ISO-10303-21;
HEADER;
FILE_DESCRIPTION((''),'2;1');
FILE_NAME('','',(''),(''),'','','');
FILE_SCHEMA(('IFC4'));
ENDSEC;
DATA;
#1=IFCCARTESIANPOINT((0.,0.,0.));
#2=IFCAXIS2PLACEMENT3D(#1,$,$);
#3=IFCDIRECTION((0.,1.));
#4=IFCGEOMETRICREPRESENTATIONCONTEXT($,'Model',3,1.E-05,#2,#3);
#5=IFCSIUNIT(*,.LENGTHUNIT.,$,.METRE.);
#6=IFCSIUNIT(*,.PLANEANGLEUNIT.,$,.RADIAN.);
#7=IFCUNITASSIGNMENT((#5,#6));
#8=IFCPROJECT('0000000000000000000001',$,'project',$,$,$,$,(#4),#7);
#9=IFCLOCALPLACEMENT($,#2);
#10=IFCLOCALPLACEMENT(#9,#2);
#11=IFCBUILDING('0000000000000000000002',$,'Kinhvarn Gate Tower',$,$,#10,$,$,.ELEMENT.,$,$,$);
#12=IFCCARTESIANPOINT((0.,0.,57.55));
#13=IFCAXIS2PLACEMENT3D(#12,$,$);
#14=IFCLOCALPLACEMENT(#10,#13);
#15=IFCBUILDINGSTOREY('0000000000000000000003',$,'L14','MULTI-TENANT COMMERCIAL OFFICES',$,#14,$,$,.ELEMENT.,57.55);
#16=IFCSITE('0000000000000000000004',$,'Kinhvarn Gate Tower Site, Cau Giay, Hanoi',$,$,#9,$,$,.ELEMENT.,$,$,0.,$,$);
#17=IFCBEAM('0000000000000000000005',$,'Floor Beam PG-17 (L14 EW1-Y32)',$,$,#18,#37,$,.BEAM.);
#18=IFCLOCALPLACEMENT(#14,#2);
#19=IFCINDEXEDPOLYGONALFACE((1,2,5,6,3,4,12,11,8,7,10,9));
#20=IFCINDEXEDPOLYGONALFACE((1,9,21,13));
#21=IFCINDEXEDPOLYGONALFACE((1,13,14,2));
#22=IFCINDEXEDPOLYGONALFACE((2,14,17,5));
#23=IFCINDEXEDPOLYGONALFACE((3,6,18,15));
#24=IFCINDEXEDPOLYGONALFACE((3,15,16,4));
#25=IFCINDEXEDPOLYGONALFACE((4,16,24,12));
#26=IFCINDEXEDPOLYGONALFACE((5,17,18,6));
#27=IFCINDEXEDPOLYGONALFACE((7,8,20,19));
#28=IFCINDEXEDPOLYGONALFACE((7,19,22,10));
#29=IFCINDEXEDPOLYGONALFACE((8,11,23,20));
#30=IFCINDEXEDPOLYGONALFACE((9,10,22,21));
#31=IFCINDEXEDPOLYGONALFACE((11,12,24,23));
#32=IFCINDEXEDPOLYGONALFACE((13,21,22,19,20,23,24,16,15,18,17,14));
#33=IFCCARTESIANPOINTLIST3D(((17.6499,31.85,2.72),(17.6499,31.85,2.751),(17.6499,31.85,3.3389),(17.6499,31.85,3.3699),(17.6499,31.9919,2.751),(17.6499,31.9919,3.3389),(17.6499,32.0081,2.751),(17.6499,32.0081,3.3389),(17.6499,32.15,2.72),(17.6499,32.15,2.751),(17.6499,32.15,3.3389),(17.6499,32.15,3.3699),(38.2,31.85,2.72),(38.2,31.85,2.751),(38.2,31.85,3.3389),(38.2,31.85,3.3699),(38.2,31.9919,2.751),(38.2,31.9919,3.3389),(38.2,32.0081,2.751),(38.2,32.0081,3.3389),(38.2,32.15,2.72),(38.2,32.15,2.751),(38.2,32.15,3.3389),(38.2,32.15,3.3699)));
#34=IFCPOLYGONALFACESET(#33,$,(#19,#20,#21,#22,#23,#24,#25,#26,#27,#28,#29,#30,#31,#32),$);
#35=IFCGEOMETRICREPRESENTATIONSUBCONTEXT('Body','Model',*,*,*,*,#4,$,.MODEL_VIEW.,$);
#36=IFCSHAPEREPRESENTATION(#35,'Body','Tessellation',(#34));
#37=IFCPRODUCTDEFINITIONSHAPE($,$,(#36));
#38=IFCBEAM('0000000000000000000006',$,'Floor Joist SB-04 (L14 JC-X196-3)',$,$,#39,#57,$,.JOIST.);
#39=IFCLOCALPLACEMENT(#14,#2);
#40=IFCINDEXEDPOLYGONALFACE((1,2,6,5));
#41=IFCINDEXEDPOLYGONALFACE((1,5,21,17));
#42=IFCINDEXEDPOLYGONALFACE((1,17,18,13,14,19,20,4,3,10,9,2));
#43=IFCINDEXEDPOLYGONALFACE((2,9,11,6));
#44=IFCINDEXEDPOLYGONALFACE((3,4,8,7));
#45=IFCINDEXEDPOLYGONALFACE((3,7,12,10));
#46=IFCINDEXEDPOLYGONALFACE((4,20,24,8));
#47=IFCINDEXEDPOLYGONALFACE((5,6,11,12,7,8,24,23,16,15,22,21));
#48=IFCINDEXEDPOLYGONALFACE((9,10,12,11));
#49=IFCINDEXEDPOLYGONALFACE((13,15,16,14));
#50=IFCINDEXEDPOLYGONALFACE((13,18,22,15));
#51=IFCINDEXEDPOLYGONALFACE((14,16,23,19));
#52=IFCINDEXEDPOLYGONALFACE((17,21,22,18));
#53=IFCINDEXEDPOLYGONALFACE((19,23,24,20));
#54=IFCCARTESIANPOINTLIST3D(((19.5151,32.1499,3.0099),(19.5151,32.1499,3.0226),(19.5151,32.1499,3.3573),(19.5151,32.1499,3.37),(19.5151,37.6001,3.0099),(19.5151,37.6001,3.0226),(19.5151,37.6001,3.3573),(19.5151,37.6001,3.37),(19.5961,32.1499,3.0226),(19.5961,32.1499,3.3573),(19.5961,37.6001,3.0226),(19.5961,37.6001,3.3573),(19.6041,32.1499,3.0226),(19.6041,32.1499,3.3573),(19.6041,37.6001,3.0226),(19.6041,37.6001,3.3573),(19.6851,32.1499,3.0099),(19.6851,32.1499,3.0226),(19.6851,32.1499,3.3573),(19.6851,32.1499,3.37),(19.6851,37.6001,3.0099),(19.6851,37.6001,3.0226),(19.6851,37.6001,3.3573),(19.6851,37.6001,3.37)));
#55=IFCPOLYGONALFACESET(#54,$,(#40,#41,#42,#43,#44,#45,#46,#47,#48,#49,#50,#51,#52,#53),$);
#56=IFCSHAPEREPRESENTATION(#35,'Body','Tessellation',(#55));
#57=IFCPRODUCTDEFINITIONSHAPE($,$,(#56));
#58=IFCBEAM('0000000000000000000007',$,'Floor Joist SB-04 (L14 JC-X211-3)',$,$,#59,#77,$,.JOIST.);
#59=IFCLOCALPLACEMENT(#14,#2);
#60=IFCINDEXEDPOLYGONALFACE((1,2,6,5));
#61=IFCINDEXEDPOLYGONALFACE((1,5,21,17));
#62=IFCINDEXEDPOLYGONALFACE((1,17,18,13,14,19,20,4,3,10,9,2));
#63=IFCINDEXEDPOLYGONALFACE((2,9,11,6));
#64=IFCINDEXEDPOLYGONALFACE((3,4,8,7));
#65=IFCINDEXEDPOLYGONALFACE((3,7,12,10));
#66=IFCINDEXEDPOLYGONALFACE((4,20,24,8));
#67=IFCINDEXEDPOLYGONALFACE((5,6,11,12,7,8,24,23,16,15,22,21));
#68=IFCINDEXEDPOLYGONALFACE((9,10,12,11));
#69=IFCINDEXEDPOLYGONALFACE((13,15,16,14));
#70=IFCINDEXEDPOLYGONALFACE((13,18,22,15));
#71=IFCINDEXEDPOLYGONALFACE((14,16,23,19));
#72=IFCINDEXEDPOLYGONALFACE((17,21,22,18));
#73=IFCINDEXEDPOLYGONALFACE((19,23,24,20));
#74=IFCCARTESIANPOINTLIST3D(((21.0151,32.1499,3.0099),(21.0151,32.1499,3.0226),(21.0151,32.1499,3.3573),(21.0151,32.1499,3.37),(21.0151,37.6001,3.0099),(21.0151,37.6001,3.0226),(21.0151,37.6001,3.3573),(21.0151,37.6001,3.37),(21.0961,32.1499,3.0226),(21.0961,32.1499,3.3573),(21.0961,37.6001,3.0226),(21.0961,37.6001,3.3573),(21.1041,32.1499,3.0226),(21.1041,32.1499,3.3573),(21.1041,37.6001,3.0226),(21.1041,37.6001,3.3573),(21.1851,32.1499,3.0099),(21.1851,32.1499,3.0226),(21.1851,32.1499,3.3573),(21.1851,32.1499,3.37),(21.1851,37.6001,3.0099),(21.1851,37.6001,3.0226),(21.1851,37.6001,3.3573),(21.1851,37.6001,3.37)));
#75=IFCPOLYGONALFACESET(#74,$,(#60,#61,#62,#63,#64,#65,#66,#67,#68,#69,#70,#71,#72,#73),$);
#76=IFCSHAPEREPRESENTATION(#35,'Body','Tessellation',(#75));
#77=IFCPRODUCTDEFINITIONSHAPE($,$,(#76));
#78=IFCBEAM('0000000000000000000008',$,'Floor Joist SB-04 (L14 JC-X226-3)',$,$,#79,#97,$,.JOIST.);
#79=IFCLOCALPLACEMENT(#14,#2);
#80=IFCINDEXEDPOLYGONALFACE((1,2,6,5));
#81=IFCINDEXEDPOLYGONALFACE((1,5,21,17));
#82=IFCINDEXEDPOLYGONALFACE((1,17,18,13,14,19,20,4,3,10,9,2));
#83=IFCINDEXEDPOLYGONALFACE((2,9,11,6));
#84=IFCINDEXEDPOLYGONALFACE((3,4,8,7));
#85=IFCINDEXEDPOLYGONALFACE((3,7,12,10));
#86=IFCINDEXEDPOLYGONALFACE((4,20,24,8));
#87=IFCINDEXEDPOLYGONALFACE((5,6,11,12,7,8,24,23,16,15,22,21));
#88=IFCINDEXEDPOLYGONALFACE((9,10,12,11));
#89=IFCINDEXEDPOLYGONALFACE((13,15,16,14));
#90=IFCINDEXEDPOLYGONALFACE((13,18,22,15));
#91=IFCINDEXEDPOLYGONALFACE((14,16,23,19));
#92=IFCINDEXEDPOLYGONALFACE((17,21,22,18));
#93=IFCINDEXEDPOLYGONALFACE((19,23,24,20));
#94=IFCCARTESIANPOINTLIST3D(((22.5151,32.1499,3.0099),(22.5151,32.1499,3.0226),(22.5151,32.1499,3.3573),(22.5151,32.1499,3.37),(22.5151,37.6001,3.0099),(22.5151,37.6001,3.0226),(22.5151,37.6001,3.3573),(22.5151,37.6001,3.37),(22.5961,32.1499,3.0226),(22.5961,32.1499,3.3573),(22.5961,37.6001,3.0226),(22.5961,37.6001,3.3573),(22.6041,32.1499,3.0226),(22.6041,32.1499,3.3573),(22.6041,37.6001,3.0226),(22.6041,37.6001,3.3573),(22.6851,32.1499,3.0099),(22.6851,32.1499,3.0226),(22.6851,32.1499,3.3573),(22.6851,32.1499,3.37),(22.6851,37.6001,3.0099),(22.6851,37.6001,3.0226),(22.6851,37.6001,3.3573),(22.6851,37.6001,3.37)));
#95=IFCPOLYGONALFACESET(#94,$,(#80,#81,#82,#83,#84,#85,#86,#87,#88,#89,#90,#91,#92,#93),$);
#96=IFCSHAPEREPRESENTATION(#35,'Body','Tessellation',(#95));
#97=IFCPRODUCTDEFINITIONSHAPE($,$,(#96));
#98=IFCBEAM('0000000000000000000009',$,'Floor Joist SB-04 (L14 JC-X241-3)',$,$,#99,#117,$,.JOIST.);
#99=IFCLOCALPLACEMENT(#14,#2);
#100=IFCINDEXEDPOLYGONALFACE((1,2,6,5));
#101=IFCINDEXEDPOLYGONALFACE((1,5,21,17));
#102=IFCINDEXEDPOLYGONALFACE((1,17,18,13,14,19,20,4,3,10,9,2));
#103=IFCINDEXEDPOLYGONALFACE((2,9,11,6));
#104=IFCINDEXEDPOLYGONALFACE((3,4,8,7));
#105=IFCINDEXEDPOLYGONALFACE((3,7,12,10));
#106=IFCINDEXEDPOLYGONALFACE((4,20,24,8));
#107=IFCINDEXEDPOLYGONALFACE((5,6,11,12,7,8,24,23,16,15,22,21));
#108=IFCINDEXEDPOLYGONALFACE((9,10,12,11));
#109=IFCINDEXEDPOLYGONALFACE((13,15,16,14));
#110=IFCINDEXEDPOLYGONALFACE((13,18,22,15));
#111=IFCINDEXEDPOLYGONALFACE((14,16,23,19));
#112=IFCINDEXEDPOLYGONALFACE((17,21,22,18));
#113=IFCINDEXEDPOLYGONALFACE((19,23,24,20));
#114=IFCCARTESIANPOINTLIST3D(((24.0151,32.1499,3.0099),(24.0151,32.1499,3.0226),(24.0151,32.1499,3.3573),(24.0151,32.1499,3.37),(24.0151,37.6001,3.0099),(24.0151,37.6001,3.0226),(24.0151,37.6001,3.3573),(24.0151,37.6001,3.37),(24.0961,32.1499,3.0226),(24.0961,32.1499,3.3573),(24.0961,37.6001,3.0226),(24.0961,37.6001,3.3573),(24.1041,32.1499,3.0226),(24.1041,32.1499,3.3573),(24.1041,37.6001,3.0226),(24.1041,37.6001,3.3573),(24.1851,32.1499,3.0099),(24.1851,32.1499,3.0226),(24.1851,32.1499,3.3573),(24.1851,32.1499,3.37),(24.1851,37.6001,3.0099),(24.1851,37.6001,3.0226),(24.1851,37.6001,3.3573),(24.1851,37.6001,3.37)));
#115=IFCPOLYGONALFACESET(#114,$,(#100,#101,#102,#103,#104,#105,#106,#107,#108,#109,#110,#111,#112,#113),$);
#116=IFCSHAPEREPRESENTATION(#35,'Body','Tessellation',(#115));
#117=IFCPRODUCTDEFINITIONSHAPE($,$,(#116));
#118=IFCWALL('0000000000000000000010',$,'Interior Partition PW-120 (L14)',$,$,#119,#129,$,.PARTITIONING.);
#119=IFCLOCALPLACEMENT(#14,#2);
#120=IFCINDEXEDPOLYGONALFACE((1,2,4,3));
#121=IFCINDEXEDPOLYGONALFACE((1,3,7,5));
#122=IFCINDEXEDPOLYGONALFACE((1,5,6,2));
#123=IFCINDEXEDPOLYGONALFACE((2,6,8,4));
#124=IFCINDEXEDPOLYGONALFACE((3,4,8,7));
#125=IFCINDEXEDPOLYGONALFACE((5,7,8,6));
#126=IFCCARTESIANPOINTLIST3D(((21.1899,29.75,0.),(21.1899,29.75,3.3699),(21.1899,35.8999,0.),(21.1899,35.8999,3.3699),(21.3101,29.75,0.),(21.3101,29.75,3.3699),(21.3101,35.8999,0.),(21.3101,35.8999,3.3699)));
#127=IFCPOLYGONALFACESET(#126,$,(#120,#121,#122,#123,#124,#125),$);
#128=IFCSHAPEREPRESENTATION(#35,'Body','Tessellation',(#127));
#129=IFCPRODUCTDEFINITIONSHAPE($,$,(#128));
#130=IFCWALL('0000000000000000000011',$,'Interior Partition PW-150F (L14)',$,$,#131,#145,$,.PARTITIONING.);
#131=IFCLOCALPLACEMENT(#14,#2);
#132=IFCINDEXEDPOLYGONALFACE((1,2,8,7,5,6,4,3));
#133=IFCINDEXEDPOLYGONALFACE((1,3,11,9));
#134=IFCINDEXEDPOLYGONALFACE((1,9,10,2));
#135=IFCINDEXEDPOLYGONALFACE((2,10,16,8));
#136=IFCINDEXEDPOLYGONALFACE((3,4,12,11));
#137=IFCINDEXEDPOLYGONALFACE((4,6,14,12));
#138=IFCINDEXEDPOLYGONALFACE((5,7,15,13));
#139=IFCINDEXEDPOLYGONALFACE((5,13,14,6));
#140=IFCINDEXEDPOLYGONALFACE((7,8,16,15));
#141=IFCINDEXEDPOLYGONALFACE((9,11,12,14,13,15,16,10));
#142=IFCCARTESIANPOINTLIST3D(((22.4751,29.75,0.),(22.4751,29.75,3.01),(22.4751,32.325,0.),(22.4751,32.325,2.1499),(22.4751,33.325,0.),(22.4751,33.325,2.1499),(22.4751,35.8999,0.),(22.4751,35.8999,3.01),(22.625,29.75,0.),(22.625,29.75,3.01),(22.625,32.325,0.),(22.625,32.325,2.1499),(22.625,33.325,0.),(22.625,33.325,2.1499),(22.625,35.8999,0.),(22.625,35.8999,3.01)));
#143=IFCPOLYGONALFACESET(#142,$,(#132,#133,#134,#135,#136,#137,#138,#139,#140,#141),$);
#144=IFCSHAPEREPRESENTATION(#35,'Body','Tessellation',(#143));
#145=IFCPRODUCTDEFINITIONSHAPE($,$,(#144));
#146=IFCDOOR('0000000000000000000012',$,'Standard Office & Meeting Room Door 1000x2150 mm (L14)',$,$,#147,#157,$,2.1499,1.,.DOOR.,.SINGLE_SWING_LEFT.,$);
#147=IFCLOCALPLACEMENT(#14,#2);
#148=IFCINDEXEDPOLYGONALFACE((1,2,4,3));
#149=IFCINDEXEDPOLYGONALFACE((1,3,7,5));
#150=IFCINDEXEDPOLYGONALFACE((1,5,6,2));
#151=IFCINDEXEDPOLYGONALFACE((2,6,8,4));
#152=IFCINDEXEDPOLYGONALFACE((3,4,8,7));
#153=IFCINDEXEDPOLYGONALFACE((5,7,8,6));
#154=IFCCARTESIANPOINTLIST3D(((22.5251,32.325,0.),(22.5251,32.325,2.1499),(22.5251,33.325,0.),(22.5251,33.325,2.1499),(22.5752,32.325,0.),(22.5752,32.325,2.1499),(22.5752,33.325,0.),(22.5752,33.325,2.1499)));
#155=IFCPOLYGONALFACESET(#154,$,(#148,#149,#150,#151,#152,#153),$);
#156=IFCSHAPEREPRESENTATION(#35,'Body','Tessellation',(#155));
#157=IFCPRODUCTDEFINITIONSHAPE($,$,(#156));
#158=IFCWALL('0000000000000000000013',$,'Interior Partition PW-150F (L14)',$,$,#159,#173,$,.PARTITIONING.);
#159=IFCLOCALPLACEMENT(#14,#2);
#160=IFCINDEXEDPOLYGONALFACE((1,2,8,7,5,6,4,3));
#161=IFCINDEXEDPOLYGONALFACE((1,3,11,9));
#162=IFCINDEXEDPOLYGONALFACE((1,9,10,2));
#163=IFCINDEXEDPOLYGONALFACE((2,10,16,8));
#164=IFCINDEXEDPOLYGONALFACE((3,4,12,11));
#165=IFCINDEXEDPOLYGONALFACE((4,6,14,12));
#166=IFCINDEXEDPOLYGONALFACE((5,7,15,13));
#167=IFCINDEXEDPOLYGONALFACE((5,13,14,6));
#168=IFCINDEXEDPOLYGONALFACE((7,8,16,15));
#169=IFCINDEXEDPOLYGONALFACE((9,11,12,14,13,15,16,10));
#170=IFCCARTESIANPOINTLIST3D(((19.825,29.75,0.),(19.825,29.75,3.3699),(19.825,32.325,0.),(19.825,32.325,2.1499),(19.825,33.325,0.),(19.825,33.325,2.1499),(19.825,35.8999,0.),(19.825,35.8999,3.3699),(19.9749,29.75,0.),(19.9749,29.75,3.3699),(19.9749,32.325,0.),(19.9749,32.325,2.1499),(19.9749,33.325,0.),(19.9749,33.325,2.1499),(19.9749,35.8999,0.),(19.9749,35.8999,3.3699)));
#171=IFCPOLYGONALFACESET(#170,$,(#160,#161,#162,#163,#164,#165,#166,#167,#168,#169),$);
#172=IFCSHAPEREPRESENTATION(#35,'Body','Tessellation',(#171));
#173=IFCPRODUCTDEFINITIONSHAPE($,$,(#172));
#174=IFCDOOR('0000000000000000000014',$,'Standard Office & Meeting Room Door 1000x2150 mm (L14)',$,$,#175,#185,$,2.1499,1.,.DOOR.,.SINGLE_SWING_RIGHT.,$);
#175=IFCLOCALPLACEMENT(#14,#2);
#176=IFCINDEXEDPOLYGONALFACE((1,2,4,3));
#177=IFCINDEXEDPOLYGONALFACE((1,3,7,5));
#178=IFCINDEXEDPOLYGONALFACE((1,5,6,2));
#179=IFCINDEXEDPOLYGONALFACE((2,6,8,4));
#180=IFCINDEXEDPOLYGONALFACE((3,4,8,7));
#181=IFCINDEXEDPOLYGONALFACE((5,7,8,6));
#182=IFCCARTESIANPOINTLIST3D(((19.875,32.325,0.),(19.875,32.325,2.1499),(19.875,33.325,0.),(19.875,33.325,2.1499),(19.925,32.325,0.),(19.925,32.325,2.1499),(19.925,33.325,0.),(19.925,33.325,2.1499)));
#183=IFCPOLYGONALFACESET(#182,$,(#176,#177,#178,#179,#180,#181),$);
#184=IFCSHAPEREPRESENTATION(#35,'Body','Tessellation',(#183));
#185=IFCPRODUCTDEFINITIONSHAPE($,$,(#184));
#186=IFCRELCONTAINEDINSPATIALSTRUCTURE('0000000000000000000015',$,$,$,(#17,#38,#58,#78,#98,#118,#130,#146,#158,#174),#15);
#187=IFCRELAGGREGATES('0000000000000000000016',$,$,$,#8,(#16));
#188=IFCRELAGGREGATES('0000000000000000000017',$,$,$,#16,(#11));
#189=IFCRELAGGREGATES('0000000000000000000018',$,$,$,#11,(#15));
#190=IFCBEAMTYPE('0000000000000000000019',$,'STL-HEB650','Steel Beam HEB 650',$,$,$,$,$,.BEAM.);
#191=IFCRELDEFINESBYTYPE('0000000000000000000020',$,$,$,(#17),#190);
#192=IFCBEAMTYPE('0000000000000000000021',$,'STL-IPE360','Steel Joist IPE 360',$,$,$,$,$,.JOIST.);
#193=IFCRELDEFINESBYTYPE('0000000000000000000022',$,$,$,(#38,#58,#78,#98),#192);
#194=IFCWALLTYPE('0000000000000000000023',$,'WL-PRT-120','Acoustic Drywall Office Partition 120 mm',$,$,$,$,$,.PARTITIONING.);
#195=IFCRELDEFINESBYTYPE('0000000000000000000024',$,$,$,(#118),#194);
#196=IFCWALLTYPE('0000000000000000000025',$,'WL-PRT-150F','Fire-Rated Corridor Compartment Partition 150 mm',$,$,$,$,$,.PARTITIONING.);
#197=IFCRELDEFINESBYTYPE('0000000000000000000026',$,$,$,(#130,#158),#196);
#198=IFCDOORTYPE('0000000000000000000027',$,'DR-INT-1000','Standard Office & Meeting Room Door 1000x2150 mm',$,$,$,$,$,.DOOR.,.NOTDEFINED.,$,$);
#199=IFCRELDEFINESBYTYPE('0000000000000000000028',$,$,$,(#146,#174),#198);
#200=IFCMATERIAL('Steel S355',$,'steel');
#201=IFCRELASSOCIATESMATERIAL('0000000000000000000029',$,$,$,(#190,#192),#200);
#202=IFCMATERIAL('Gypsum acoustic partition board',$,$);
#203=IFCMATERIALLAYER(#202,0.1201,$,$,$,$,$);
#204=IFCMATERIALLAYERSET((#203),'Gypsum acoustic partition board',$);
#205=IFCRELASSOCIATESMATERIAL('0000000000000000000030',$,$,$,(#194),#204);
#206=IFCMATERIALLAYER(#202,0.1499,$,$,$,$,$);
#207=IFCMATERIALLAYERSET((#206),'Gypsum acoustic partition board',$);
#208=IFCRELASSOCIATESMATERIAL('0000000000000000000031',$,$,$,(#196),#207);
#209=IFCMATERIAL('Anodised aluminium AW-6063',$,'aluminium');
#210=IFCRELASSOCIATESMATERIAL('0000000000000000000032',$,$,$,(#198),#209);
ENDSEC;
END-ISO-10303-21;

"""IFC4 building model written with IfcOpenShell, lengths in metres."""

from ifc_helpers import new_model, si_unit, direction, frame, frame_2d, origin, origin_2d, place, context, subcontext, project, spatial, rectangle, i_section, extrude, material, layer, layer_set, material_profile, profile_set, type_object, element, fill, save


model = new_model("IFC4")

# Units and contexts
model_context = context("Model", 3, precision=1e-05, world=origin(), true_north=direction((0.0, 1.0)))
body_context = subcontext(model_context, "Body", "Model", "MODEL_VIEW")
ifc_project = project(units=[si_unit("LENGTHUNIT", "METRE"), si_unit("PLANEANGLEUNIT", "RADIAN")], contexts=[model_context])

# Site, building, storey
site_placement = place(None, origin())
site = spatial("IfcSite", under=ifc_project, at=site_placement, Name="Kinhvarn Gate Tower Site, Cau Giay, Hanoi", CompositionType="ELEMENT", RefElevation=0.0)
building_placement = place(site_placement, origin())
building = spatial("IfcBuilding", under=site, at=building_placement, Name="Kinhvarn Gate Tower", CompositionType="ELEMENT")
storey_placement = place(building_placement, frame((0.0, 0.0, 57.55)))
storey = spatial("IfcBuildingStorey", under=building, at=storey_placement, Name="L14", Description="MULTI-TENANT COMMERCIAL OFFICES", CompositionType="ELEMENT", Elevation=57.55)

# Beams
ifc_material_1 = material(Name="Steel S355", Category="steel")
ifc_material_profile_1 = material_profile(ifc_material_1, i_section(OverallWidth=0.3, OverallDepth=0.6499, WebThickness=0.0161, FlangeThickness=0.031, at=origin_2d()), Name="HEB 650")
ifc_profile_set_1 = profile_set([ifc_material_profile_1], Name="Steel S355")
beam_type_1 = type_object("IfcBeamType", Name="STL-HEB650", Description="Steel Beam HEB 650", PredefinedType="BEAM", material=ifc_profile_set_1)
beam_placement = place(storey_placement, frame((17.6499, 32.0, 3.0449), z_axis=(1.0, 0.0, 0.0), x_axis=(0.0, 1.0, 0.0)))
element("IfcBeam", 1, at=beam_placement, inside=storey, type_object=beam_type_1, Name="Floor Beam PG-17 (L14 EW1-Y32)", PredefinedType="BEAM", context=body_context, shape_type="SweptSolid", body=[
    extrude(i_section(OverallWidth=0.3, OverallDepth=0.6499, WebThickness=0.0161, FlangeThickness=0.031, at=origin_2d()), origin(), (0.0, 0.0, 1.0), 20.55),
])
ifc_material_profile_2 = material_profile(ifc_material_1, i_section(OverallWidth=0.1699, OverallDepth=0.3601, WebThickness=0.0081, FlangeThickness=0.0127, at=origin_2d()), Name="IPE 360")
ifc_profile_set_2 = profile_set([ifc_material_profile_2], Name="Steel S355")
beam_type_2 = type_object("IfcBeamType", Name="STL-IPE360", Description="Steel Joist IPE 360", PredefinedType="JOIST", material=ifc_profile_set_2)
for number, where, z_axis, x_axis, name in (
    (2, (19.6001, 32.1499, 3.1899), (0.0, 1.0, 0.0), (-1.0, 0.0, 0.0), "Floor Joist SB-04 (L14 JC-X196-3)"),
    (3, (21.1001, 32.1499, 3.1899), (0.0, 1.0, 0.0), (-1.0, 0.0, 0.0), "Floor Joist SB-04 (L14 JC-X211-3)"),
    (4, (22.6001, 32.1499, 3.1899), (0.0, 1.0, 0.0), (-1.0, 0.0, 0.0), "Floor Joist SB-04 (L14 JC-X226-3)"),
    (5, (24.1001, 32.1499, 3.1899), (0.0, 1.0, 0.0), (-1.0, 0.0, 0.0), "Floor Joist SB-04 (L14 JC-X241-3)"),
):
    element("IfcBeam", number, at=place(storey_placement, frame(where, z_axis=z_axis, x_axis=x_axis)), inside=storey, type_object=beam_type_2, Name=name, PredefinedType="JOIST", context=body_context, shape_type="SweptSolid", body=[
        extrude(i_section(OverallWidth=0.1699, OverallDepth=0.3601, WebThickness=0.0081, FlangeThickness=0.0127, at=origin_2d()), origin(), (0.0, 0.0, 1.0), 5.4502),
    ])

# Wall
ifc_material_2 = material(Name="Gypsum acoustic partition board")
ifc_layer_1 = layer(ifc_material_2, 0.1201)
ifc_layer_set_1 = layer_set([ifc_layer_1], Name="Gypsum acoustic partition board")
wall_type_1 = type_object("IfcWallType", Name="WL-PRT-120", Description="Acoustic Drywall Office Partition 120 mm", PredefinedType="PARTITIONING", material=ifc_layer_set_1)
wall_1_placement = place(storey_placement, frame((21.25, 29.75, 0.0), z_axis=(0.0, 0.0, 1.0), x_axis=(0.0, 1.0, 0.0)))
element("IfcWall", 6, at=wall_1_placement, inside=storey, type_object=wall_type_1, Name="Interior Partition PW-120 (L14)", PredefinedType="PARTITIONING", context=body_context, shape_type="SweptSolid", body=[
    extrude(rectangle(XDim=6.1499, YDim=0.1201, at=frame_2d((3.075, 0.0))), origin(), (0.0, 0.0, 1.0), 3.3699),
])

# Walls, openings, doors
ifc_layer_2 = layer(ifc_material_2, 0.1499)
ifc_layer_set_2 = layer_set([ifc_layer_2], Name="Gypsum acoustic partition board")
wall_type_2 = type_object("IfcWallType", Name="WL-PRT-150F", Description="Fire-Rated Corridor Compartment Partition 150 mm", PredefinedType="PARTITIONING", material=ifc_layer_set_2)
wall_2_placement = place(storey_placement, frame((22.55, 29.75, 0.0), z_axis=(0.0, 0.0, 1.0), x_axis=(0.0, 1.0, 0.0)))
wall_2 = element("IfcWall", 7, at=wall_2_placement, inside=storey, type_object=wall_type_2, Name="Interior Partition PW-150F (L14)", PredefinedType="PARTITIONING", context=body_context, shape_type="SweptSolid", body=[
    extrude(rectangle(XDim=6.1499, YDim=0.1499, at=frame_2d((3.075, 0.0))), origin(), (0.0, 0.0, 1.0), 3.01),
])
opening_1_placement = place(wall_2_placement, frame((2.575, 0.0, 0.0)))
opening_1 = element("IfcOpeningElement", 8, at=opening_1_placement, cuts=wall_2, PredefinedType="OPENING", context=body_context, shape_type="SweptSolid", body=[
    extrude(rectangle(XDim=1.0, YDim=2.1499, at=frame_2d((0.5, 1.075))), frame((0.0, 0.085, 0.0), z_axis=(0.0, -1.0, 0.0), x_axis=(1.0, 0.0, 0.0)), (0.0, 0.0, 1.0), 0.1699),
])
ifc_material_3 = material(Name="Anodised aluminium AW-6063", Category="aluminium")
door_type_1 = type_object("IfcDoorType", Name="DR-INT-1000", Description="Standard Office & Meeting Room Door 1000x2150 mm", OperationType="NOTDEFINED", PredefinedType="DOOR", material=ifc_material_3)
door_1_placement = place(opening_1_placement, origin())
door_1 = element("IfcDoor", 9, at=door_1_placement, inside=storey, type_object=door_type_1, Name="Standard Office & Meeting Room Door 1000x2150 mm (L14)", OperationType="SINGLE_SWING_LEFT", OverallHeight=2.1499, OverallWidth=1.0, PredefinedType="DOOR", context=body_context, shape_type="SweptSolid", body=[
    extrude(rectangle(XDim=1.0, YDim=2.1499, at=frame_2d((0.5, 1.075))), frame((0.0, 0.0249, 0.0), z_axis=(0.0, -1.0, 0.0), x_axis=(1.0, 0.0, 0.0)), (0.0, 0.0, 1.0), 0.05),
])
fill(opening_1, door_1)
wall_3_placement = place(storey_placement, frame((19.8999, 29.75, 0.0), z_axis=(0.0, 0.0, 1.0), x_axis=(0.0, 1.0, 0.0)))
wall_3 = element("IfcWall", 10, at=wall_3_placement, inside=storey, type_object=wall_type_2, Name="Interior Partition PW-150F (L14)", PredefinedType="PARTITIONING", context=body_context, shape_type="SweptSolid", body=[
    extrude(rectangle(XDim=6.1499, YDim=0.1499, at=frame_2d((3.075, 0.0))), origin(), (0.0, 0.0, 1.0), 3.3699),
])
opening_2_placement = place(wall_3_placement, frame((2.575, 0.0, 0.0)))
opening_2 = element("IfcOpeningElement", 11, at=opening_2_placement, cuts=wall_3, PredefinedType="OPENING", context=body_context, shape_type="SweptSolid", body=[
    extrude(rectangle(XDim=1.0, YDim=2.1499, at=frame_2d((0.5, 1.075))), frame((0.0, 0.085, 0.0), z_axis=(0.0, -1.0, 0.0), x_axis=(1.0, 0.0, 0.0)), (0.0, 0.0, 1.0), 0.1699),
])
door_2_placement = place(opening_2_placement, origin())
door_2 = element("IfcDoor", 12, at=door_2_placement, inside=storey, type_object=door_type_1, Name="Standard Office & Meeting Room Door 1000x2150 mm (L14)", OperationType="SINGLE_SWING_RIGHT", OverallHeight=2.1499, OverallWidth=1.0, PredefinedType="DOOR", context=body_context, shape_type="SweptSolid", body=[
    extrude(rectangle(XDim=1.0, YDim=2.1499, at=frame_2d((0.5, 1.075))), frame((0.0, 0.0249, 0.0), z_axis=(0.0, -1.0, 0.0), x_axis=(1.0, 0.0, 0.0)), (0.0, 0.0, 1.0), 0.05),
])
fill(opening_2, door_2)

save(model, "model.ifc")
